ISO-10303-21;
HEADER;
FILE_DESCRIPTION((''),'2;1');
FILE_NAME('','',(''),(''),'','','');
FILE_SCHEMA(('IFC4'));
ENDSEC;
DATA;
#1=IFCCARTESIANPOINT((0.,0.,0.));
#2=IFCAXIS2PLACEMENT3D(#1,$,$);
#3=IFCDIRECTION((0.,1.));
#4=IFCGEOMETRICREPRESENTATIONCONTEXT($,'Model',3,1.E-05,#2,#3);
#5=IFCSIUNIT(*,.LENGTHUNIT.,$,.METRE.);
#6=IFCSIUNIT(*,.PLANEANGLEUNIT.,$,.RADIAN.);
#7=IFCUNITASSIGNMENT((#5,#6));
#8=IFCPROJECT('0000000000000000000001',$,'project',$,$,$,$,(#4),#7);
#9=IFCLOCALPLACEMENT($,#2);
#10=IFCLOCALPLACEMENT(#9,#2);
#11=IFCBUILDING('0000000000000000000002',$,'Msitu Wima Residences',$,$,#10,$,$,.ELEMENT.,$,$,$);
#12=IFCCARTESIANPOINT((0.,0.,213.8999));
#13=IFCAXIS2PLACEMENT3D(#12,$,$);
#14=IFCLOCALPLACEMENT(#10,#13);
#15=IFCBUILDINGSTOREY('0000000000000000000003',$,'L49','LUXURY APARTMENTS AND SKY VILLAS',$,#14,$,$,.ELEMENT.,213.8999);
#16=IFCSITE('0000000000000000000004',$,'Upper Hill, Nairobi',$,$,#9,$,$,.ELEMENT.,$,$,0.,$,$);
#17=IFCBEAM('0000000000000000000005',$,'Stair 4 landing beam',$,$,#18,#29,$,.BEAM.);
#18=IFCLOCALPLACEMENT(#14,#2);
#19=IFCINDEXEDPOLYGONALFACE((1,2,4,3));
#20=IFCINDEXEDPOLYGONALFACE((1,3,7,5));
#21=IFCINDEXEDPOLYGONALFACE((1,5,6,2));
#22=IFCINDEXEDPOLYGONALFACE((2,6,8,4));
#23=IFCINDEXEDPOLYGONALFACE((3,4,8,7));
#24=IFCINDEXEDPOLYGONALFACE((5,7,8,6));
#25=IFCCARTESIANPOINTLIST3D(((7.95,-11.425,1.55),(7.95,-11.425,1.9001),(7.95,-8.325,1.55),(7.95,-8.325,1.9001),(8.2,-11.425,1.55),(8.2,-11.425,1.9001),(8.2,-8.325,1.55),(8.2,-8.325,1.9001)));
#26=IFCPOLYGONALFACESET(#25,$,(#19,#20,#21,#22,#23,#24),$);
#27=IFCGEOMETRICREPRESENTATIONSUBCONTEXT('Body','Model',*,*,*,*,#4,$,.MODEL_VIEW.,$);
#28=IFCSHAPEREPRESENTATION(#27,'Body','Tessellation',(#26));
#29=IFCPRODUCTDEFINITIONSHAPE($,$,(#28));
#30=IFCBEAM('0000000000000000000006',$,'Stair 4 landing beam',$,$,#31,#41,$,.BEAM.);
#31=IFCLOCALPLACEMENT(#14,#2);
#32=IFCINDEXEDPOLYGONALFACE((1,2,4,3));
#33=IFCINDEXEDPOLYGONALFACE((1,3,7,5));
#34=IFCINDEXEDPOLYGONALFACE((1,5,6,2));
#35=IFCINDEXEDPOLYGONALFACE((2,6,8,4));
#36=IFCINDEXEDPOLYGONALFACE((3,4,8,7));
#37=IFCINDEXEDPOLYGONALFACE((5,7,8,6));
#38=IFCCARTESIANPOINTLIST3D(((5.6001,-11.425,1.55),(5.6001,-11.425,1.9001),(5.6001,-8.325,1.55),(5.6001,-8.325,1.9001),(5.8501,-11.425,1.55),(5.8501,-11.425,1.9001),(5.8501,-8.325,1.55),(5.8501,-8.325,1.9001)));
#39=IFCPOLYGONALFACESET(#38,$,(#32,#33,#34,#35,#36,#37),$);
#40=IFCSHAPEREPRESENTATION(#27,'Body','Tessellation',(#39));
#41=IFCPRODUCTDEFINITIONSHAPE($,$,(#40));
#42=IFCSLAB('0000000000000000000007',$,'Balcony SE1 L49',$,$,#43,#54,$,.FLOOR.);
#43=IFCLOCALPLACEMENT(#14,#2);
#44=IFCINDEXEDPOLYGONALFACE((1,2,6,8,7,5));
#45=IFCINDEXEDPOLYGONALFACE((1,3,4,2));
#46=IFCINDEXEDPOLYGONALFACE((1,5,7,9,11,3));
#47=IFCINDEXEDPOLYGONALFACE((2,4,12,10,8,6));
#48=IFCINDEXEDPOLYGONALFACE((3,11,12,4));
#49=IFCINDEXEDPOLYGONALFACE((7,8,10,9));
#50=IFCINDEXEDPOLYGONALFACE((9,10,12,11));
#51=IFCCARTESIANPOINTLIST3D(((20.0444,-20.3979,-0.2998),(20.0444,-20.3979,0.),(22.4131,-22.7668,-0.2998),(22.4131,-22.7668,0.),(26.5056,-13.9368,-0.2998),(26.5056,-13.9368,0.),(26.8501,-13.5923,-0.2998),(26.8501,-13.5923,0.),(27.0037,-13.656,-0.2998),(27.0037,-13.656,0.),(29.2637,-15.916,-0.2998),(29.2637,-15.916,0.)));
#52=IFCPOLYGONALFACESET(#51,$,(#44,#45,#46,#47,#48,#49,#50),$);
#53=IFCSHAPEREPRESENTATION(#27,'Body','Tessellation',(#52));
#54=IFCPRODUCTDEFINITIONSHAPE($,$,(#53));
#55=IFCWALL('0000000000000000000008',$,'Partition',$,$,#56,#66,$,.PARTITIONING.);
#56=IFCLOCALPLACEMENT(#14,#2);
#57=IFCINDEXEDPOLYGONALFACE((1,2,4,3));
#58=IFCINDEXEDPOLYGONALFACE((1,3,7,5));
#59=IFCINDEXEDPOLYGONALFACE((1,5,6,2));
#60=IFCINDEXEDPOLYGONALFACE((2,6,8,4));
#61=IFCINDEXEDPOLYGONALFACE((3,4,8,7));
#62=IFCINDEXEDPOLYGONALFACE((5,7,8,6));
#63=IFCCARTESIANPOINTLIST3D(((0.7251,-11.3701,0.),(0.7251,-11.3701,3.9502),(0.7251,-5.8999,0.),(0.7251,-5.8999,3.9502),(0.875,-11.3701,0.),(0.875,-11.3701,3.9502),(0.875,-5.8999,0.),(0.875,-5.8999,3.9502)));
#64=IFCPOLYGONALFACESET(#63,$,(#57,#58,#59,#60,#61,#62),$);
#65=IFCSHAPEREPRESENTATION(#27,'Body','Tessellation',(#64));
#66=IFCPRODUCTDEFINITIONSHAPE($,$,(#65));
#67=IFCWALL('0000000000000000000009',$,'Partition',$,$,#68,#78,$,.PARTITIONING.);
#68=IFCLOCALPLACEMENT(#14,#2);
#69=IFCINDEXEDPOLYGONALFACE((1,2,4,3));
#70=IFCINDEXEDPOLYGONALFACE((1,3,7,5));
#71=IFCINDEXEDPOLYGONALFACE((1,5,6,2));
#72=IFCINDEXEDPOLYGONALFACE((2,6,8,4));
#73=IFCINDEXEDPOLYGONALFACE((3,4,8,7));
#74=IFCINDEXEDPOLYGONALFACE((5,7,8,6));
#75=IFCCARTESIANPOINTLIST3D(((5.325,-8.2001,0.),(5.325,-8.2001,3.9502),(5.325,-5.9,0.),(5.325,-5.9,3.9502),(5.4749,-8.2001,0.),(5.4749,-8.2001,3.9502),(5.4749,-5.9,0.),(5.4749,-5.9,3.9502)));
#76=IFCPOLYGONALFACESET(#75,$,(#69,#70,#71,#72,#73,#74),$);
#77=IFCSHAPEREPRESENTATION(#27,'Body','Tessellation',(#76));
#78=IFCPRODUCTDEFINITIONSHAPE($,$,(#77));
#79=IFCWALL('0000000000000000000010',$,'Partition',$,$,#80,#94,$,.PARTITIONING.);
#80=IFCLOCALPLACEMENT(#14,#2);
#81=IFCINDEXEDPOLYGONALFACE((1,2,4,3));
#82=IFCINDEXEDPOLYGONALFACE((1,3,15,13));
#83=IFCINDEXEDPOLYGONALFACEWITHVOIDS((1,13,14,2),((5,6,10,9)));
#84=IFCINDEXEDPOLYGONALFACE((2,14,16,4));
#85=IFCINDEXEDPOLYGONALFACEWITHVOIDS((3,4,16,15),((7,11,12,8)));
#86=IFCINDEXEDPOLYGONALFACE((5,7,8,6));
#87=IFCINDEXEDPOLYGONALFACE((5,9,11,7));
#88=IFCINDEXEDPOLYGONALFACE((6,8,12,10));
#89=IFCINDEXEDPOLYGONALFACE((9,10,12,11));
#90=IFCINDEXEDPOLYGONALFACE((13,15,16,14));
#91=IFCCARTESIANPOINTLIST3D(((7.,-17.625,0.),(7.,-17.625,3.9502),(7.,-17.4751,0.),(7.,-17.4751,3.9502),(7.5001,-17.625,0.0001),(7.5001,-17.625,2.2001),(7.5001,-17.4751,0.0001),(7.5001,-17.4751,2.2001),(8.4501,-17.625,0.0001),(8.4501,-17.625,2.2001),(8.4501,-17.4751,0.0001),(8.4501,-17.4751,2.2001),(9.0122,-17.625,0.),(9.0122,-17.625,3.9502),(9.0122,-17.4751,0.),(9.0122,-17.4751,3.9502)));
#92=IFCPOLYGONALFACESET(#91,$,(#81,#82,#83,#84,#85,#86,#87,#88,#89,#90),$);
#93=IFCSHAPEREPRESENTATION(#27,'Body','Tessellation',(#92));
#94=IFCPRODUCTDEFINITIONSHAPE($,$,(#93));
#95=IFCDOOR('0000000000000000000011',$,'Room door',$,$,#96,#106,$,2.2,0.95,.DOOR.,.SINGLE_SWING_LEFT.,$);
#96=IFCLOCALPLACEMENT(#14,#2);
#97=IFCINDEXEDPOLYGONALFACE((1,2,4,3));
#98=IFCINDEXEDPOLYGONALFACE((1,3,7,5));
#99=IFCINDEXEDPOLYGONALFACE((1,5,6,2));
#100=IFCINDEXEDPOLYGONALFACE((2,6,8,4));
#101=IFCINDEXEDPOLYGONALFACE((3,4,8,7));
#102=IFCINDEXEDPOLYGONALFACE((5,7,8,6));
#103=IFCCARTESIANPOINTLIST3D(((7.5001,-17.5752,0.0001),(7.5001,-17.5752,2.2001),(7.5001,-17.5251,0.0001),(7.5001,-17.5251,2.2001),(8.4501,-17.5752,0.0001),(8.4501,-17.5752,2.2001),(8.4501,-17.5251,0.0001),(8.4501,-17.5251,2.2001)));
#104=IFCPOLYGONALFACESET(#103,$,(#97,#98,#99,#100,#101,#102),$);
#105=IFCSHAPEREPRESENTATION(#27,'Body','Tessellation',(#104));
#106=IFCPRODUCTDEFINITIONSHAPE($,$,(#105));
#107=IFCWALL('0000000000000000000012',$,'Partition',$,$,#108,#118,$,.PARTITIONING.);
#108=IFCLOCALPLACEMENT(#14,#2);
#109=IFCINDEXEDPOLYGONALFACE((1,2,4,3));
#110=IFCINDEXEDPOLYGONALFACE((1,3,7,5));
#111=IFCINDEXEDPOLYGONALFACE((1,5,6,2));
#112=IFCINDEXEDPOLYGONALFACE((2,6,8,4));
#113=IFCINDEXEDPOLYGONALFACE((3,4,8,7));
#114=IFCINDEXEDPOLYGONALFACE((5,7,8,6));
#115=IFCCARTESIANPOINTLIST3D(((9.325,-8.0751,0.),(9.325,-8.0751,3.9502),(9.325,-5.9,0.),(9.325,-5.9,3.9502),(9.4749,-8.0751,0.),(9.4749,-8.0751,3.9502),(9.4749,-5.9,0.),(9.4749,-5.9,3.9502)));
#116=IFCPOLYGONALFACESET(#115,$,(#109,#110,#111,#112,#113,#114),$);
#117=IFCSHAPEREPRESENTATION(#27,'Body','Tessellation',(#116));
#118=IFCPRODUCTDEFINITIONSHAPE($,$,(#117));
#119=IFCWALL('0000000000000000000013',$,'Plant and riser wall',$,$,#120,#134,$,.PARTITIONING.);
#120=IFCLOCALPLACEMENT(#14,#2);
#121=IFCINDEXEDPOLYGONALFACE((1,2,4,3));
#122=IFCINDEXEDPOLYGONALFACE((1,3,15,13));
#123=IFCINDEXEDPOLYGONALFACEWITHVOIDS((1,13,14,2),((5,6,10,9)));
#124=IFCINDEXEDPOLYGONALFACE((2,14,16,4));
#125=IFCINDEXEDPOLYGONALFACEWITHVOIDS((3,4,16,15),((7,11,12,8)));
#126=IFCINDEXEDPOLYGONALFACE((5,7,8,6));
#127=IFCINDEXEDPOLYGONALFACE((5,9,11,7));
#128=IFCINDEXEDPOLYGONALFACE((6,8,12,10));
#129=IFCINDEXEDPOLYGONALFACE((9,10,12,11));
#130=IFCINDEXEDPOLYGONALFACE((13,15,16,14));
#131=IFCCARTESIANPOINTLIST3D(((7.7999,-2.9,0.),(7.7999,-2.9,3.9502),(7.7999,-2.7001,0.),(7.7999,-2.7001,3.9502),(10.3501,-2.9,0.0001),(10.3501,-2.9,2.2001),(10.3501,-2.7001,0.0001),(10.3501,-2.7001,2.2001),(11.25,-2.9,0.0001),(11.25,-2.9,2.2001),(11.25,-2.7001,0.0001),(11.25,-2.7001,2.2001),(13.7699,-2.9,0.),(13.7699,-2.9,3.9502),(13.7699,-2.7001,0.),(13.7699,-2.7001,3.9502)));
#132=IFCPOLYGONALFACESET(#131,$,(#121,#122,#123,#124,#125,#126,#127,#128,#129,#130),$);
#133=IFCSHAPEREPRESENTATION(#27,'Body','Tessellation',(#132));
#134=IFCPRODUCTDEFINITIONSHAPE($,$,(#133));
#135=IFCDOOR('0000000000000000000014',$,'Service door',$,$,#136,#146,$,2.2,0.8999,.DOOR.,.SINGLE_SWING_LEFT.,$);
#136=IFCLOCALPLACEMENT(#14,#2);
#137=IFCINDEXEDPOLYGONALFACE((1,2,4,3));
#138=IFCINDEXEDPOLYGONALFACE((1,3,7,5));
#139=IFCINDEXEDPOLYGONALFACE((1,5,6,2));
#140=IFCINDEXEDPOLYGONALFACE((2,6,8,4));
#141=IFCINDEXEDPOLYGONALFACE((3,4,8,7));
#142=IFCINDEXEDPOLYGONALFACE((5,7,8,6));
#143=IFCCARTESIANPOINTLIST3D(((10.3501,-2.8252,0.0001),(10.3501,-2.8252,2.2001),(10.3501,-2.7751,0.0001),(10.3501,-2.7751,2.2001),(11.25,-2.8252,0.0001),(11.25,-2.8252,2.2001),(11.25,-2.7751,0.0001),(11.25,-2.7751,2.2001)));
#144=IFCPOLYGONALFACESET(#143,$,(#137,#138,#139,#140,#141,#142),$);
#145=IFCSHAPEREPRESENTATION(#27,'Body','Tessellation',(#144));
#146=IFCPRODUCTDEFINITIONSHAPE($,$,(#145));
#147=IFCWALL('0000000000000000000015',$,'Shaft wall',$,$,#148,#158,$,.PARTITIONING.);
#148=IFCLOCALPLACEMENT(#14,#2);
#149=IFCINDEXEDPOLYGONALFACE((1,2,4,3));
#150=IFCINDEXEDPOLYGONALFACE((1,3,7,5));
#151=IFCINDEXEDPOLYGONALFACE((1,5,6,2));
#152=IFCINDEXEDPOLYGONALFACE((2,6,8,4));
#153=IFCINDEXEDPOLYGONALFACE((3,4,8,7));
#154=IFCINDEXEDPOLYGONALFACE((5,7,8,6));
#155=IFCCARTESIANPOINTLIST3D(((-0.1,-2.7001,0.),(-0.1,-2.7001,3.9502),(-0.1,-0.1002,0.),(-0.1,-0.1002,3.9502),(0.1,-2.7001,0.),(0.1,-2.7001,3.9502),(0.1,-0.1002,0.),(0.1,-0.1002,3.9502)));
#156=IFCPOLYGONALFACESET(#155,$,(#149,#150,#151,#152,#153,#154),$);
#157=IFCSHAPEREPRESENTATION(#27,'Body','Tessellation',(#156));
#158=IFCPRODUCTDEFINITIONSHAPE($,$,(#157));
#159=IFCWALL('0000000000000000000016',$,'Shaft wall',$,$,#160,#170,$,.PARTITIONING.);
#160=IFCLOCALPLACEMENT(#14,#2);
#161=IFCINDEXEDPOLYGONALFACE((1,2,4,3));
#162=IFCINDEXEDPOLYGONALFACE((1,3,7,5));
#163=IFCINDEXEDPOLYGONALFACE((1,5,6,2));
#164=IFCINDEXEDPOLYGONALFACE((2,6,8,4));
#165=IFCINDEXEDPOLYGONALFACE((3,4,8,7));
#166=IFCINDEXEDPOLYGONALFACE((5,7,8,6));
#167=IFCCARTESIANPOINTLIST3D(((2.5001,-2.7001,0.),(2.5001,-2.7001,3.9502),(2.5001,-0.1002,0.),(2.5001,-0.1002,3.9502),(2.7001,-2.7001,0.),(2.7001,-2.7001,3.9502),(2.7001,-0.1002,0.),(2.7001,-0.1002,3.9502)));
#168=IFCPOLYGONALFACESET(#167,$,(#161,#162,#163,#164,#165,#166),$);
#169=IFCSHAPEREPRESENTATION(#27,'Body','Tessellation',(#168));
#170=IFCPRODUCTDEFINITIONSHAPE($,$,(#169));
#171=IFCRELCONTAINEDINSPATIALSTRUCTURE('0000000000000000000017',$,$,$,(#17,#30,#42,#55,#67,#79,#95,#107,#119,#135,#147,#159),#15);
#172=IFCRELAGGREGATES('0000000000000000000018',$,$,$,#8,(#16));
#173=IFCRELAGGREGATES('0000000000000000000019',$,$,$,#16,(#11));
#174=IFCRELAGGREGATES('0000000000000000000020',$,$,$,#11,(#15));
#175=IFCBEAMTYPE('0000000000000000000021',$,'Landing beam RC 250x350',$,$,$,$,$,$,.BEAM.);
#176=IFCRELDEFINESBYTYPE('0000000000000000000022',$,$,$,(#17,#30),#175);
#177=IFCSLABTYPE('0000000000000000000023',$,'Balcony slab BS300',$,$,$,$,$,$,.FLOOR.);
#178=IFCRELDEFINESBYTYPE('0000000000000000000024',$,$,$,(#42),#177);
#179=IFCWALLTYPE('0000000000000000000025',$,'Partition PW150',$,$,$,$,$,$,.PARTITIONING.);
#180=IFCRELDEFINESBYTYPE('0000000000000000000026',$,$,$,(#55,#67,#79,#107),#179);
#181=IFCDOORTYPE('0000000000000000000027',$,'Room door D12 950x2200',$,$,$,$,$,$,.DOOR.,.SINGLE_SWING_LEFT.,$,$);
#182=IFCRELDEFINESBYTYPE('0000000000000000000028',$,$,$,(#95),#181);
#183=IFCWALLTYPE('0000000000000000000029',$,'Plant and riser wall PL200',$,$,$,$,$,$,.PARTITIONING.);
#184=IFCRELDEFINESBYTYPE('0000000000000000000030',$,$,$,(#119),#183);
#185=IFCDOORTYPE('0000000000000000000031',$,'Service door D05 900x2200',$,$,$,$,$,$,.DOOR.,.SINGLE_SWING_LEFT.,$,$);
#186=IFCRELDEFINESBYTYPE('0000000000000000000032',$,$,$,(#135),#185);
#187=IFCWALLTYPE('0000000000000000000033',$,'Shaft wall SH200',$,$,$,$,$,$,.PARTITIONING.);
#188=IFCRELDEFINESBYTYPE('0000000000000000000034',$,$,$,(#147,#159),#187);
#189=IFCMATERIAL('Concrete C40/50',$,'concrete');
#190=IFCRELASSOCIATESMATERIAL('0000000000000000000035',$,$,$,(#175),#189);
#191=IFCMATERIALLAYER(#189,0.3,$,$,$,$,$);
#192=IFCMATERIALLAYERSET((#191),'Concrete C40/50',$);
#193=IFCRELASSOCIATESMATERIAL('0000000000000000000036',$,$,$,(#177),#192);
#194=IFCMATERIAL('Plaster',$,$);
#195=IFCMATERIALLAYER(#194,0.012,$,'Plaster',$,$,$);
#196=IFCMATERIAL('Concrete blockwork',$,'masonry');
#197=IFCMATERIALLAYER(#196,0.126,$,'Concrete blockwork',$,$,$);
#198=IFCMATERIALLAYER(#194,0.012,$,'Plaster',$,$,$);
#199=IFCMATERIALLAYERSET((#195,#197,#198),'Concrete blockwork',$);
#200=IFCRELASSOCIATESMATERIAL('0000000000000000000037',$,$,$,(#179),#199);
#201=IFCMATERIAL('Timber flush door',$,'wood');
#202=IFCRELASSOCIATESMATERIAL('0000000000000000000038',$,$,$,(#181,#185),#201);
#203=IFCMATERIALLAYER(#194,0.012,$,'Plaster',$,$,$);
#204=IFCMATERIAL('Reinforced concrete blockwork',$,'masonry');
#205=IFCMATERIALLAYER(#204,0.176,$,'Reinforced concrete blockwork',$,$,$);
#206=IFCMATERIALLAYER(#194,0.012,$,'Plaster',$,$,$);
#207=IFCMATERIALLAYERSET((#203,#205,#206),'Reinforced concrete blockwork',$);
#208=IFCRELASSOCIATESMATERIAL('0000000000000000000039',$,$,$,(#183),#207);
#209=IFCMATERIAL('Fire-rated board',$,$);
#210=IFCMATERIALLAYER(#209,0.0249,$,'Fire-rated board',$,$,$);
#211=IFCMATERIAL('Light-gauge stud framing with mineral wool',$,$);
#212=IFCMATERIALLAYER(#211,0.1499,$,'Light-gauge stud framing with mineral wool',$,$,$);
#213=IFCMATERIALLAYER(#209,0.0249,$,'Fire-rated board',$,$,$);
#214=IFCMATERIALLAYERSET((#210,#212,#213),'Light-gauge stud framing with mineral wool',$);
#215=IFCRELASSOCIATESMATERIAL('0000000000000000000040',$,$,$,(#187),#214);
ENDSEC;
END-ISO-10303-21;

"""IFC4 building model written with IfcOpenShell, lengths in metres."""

from ifc_helpers import new_model, si_unit, direction, frame, frame_2d, origin, origin_2d, place, context, subcontext, project, spatial, polyline, rectangle, outline, extrude, material, layer, layer_set, material_profile, profile_set, type_object, element, fill, save


model = new_model("IFC4")

# Units and contexts
model_context = context("Model", 3, precision=1e-05, world=origin(), true_north=direction((0.0, 1.0)))
body_context = subcontext(model_context, "Body", "Model", "MODEL_VIEW")
ifc_project = project(units=[si_unit("LENGTHUNIT", "METRE"), si_unit("PLANEANGLEUNIT", "RADIAN")], contexts=[model_context])

# Site, building, storey
site_placement = place(None, origin())
site = spatial("IfcSite", under=ifc_project, at=site_placement, Name="Upper Hill, Nairobi", CompositionType="ELEMENT", RefElevation=0.0)
building_placement = place(site_placement, origin())
building = spatial("IfcBuilding", under=site, at=building_placement, Name="Msitu Wima Residences", CompositionType="ELEMENT")
storey_placement = place(building_placement, frame((0.0, 0.0, 213.8999)))
storey = spatial("IfcBuildingStorey", under=building, at=storey_placement, Name="L49", Description="LUXURY APARTMENTS AND SKY VILLAS", CompositionType="ELEMENT", Elevation=213.8999)

# Beams
ifc_material_1 = material(Name="Concrete C40/50", Category="concrete")
ifc_material_profile = material_profile(ifc_material_1, rectangle(XDim=0.25, YDim=0.3501, at=origin_2d()), Name="RC 250x350")
ifc_profile_set = profile_set([ifc_material_profile], Name="Concrete C40/50")
beam_type = type_object("IfcBeamType", Name="Landing beam RC 250x350", PredefinedType="BEAM", material=ifc_profile_set)
for number, where, z_axis, x_axis, name in (
    (1, (8.075, -11.425, 1.7251), (0.0, 1.0, 0.0), (-1.0, 0.0, 0.0), "Stair 4 landing beam"),
    (2, (5.7251, -11.425, 1.7251), (0.0, 1.0, 0.0), (-1.0, 0.0, 0.0), "Stair 4 landing beam"),
):
    element("IfcBeam", number, at=place(storey_placement, frame(where, z_axis=z_axis, x_axis=x_axis)), inside=storey, type_object=beam_type, Name=name, PredefinedType="BEAM", context=body_context, shape_type="SweptSolid", body=[
        extrude(rectangle(XDim=0.25, YDim=0.3501, at=origin_2d()), origin(), (0.0, 0.0, 1.0), 3.1001),
    ])

# Slab
ifc_layer_1 = layer(ifc_material_1, 0.3)
ifc_layer_set_1 = layer_set([ifc_layer_1], Name="Concrete C40/50")
slab_type = type_object("IfcSlabType", Name="Balcony slab BS300", PredefinedType="FLOOR", material=ifc_layer_set_1)
slab_placement = place(storey_placement, frame((0.0, 0.0, -0.2998)))
element("IfcSlab", 3, at=slab_placement, inside=storey, type_object=slab_type, Name="Balcony SE1 L49", PredefinedType="FLOOR", context=body_context, shape_type="SweptSolid", body=[
    extrude(outline(polyline([(26.5056, -13.9368), (26.5056, -13.9368), (26.8501, -13.5923), (27.0037, -13.656), (29.2637, -15.916), (22.4131, -22.7668), (20.0444, -20.3979), (26.5056, -13.9368), (26.5056, -13.9368)])), origin(), (0.0, 0.0, 1.0), 0.2998),
])

# Walls
ifc_material_2 = material(Name="Plaster")
ifc_layer_2 = layer(ifc_material_2, 0.012, Name="Plaster")
ifc_material_3 = material(Name="Concrete blockwork", Category="masonry")
ifc_layer_3 = layer(ifc_material_3, 0.126, Name="Concrete blockwork")
ifc_layer_4 = layer(ifc_material_2, 0.012, Name="Plaster")
ifc_layer_set_2 = layer_set([ifc_layer_2, ifc_layer_3, ifc_layer_4], Name="Concrete blockwork")
wall_type_1 = type_object("IfcWallType", Name="Partition PW150", PredefinedType="PARTITIONING", material=ifc_layer_set_2)
wall_1_placement = place(storey_placement, frame((0.8, -11.3701, 0.0), z_axis=(0.0, 0.0, 1.0), x_axis=(0.0, 1.0, 0.0)))
element("IfcWall", 4, at=wall_1_placement, inside=storey, type_object=wall_type_1, Name="Partition", PredefinedType="PARTITIONING", context=body_context, shape_type="SweptSolid", body=[
    extrude(rectangle(XDim=5.4702, YDim=0.1499, at=frame_2d((2.7351, 0.0))), origin(), (0.0, 0.0, 1.0), 3.9502),
])
wall_2_placement = place(storey_placement, frame((5.3999, -8.2, 0.0), z_axis=(0.0, 0.0, 1.0), x_axis=(0.0, 1.0, 0.0)))
element("IfcWall", 5, at=wall_2_placement, inside=storey, type_object=wall_type_1, Name="Partition", PredefinedType="PARTITIONING", context=body_context, shape_type="SweptSolid", body=[
    extrude(rectangle(XDim=2.3, YDim=0.1499, at=frame_2d((1.1499, 0.0))), origin(), (0.0, 0.0, 1.0), 3.9502),
])

# Wall, opening, door
wall_3_placement = place(storey_placement, frame((7.0, -17.55, 0.0), z_axis=(0.0, 0.0, 1.0), x_axis=(1.0, 0.0, 0.0)))
wall_3 = element("IfcWall", 6, at=wall_3_placement, inside=storey, type_object=wall_type_1, Name="Partition", PredefinedType="PARTITIONING", context=body_context, shape_type="SweptSolid", body=[
    extrude(rectangle(XDim=2.0122, YDim=0.1499, at=frame_2d((1.0061, 0.0))), origin(), (0.0, 0.0, 1.0), 3.9502),
])
opening_1_placement = place(wall_3_placement, frame((0.5, 0.0, 0.0)))
opening_1 = element("IfcOpeningElement", 7, at=opening_1_placement, cuts=wall_3, PredefinedType="OPENING", context=body_context, shape_type="SweptSolid", body=[
    extrude(rectangle(XDim=0.95, YDim=2.2, at=frame_2d((0.4751, 1.1001))), frame((0.0, 0.085, 0.0), z_axis=(0.0, -1.0, 0.0), x_axis=(1.0, 0.0, 0.0)), (0.0, 0.0, 1.0), 0.1699),
])
ifc_material_4 = material(Name="Timber flush door", Category="wood")
door_type_1 = type_object("IfcDoorType", Name="Room door D12 950x2200", OperationType="SINGLE_SWING_LEFT", PredefinedType="DOOR", material=ifc_material_4)
door_1_placement = place(opening_1_placement, origin())
door_1 = element("IfcDoor", 8, at=door_1_placement, inside=storey, type_object=door_type_1, Name="Room door", OperationType="SINGLE_SWING_LEFT", OverallHeight=2.2, OverallWidth=0.95, PredefinedType="DOOR", context=body_context, shape_type="SweptSolid", body=[
    extrude(rectangle(XDim=0.95, YDim=2.2, at=frame_2d((0.4751, 1.1001))), frame((0.0, 0.0249, 0.0), z_axis=(0.0, -1.0, 0.0), x_axis=(1.0, 0.0, 0.0)), (0.0, 0.0, 1.0), 0.05),
])
fill(opening_1, door_1)

# Wall
wall_4_placement = place(storey_placement, frame((9.3999, -8.075, 0.0), z_axis=(0.0, 0.0, 1.0), x_axis=(0.0, 1.0, 0.0)))
element("IfcWall", 9, at=wall_4_placement, inside=storey, type_object=wall_type_1, Name="Partition", PredefinedType="PARTITIONING", context=body_context, shape_type="SweptSolid", body=[
    extrude(rectangle(XDim=2.175, YDim=0.1499, at=frame_2d((1.0874, 0.0))), origin(), (0.0, 0.0, 1.0), 3.9502),
])

# Wall, opening, door
ifc_layer_5 = layer(ifc_material_2, 0.012, Name="Plaster")
ifc_material_5 = material(Name="Reinforced concrete blockwork", Category="masonry")
ifc_layer_6 = layer(ifc_material_5, 0.176, Name="Reinforced concrete blockwork")
ifc_layer_7 = layer(ifc_material_2, 0.012, Name="Plaster")
ifc_layer_set_3 = layer_set([ifc_layer_5, ifc_layer_6, ifc_layer_7], Name="Reinforced concrete blockwork")
wall_type_2 = type_object("IfcWallType", Name="Plant and riser wall PL200", PredefinedType="PARTITIONING", material=ifc_layer_set_3)
wall_5_placement = place(storey_placement, frame((7.8, -2.8, 0.0), z_axis=(0.0, 0.0, 1.0), x_axis=(1.0, 0.0, 0.0)))
wall_5 = element("IfcWall", 10, at=wall_5_placement, inside=storey, type_object=wall_type_2, Name="Plant and riser wall", PredefinedType="PARTITIONING", context=body_context, shape_type="SweptSolid", body=[
    extrude(rectangle(XDim=5.97, YDim=0.2, at=frame_2d((2.9849, 0.0))), origin(), (0.0, 0.0, 1.0), 3.9502),
])
opening_2_placement = place(wall_5_placement, frame((2.55, 0.0, 0.0)))
opening_2 = element("IfcOpeningElement", 11, at=opening_2_placement, cuts=wall_5, PredefinedType="OPENING", context=body_context, shape_type="SweptSolid", body=[
    extrude(rectangle(XDim=0.8999, YDim=2.2, at=frame_2d((0.45, 1.1001))), frame((0.0, 0.1099, 0.0), z_axis=(0.0, -1.0, 0.0), x_axis=(1.0, 0.0, 0.0)), (0.0, 0.0, 1.0), 0.22),
])
door_type_2 = type_object("IfcDoorType", Name="Service door D05 900x2200", OperationType="SINGLE_SWING_LEFT", PredefinedType="DOOR", material=ifc_material_4)
door_2_placement = place(opening_2_placement, origin())
door_2 = element("IfcDoor", 12, at=door_2_placement, inside=storey, type_object=door_type_2, Name="Service door", OperationType="SINGLE_SWING_LEFT", OverallHeight=2.2, OverallWidth=0.8999, PredefinedType="DOOR", context=body_context, shape_type="SweptSolid", body=[
    extrude(rectangle(XDim=0.8999, YDim=2.2, at=frame_2d((0.45, 1.1001))), frame((0.0, 0.0249, 0.0), z_axis=(0.0, -1.0, 0.0), x_axis=(1.0, 0.0, 0.0)), (0.0, 0.0, 1.0), 0.05),
])
fill(opening_2, door_2)

# Walls
ifc_material_6 = material(Name="Fire-rated board")
ifc_layer_8 = layer(ifc_material_6, 0.0249, Name="Fire-rated board")
ifc_material_7 = material(Name="Light-gauge stud framing with mineral wool")
ifc_layer_9 = layer(ifc_material_7, 0.1499, Name="Light-gauge stud framing with mineral wool")
ifc_layer_10 = layer(ifc_material_6, 0.0249, Name="Fire-rated board")
ifc_layer_set_4 = layer_set([ifc_layer_8, ifc_layer_9, ifc_layer_10], Name="Light-gauge stud framing with mineral wool")
wall_type_3 = type_object("IfcWallType", Name="Shaft wall SH200", PredefinedType="PARTITIONING", material=ifc_layer_set_4)
for number, where, z_axis, x_axis, name in (
    (13, (0.0, -2.7, 0.0), (0.0, 0.0, 1.0), (0.0, 1.0, 0.0), "Shaft wall"),
    (14, (2.6001, -2.7, 0.0), (0.0, 0.0, 1.0), (0.0, 1.0, 0.0), "Shaft wall"),
):
    element("IfcWall", number, at=place(storey_placement, frame(where, z_axis=z_axis, x_axis=x_axis)), inside=storey, type_object=wall_type_3, Name=name, PredefinedType="PARTITIONING", context=body_context, shape_type="SweptSolid", body=[
        extrude(rectangle(XDim=2.5999, YDim=0.2, at=frame_2d((1.2998, 0.0))), origin(), (0.0, 0.0, 1.0), 3.9502),
    ])

save(model, "model.ifc")
